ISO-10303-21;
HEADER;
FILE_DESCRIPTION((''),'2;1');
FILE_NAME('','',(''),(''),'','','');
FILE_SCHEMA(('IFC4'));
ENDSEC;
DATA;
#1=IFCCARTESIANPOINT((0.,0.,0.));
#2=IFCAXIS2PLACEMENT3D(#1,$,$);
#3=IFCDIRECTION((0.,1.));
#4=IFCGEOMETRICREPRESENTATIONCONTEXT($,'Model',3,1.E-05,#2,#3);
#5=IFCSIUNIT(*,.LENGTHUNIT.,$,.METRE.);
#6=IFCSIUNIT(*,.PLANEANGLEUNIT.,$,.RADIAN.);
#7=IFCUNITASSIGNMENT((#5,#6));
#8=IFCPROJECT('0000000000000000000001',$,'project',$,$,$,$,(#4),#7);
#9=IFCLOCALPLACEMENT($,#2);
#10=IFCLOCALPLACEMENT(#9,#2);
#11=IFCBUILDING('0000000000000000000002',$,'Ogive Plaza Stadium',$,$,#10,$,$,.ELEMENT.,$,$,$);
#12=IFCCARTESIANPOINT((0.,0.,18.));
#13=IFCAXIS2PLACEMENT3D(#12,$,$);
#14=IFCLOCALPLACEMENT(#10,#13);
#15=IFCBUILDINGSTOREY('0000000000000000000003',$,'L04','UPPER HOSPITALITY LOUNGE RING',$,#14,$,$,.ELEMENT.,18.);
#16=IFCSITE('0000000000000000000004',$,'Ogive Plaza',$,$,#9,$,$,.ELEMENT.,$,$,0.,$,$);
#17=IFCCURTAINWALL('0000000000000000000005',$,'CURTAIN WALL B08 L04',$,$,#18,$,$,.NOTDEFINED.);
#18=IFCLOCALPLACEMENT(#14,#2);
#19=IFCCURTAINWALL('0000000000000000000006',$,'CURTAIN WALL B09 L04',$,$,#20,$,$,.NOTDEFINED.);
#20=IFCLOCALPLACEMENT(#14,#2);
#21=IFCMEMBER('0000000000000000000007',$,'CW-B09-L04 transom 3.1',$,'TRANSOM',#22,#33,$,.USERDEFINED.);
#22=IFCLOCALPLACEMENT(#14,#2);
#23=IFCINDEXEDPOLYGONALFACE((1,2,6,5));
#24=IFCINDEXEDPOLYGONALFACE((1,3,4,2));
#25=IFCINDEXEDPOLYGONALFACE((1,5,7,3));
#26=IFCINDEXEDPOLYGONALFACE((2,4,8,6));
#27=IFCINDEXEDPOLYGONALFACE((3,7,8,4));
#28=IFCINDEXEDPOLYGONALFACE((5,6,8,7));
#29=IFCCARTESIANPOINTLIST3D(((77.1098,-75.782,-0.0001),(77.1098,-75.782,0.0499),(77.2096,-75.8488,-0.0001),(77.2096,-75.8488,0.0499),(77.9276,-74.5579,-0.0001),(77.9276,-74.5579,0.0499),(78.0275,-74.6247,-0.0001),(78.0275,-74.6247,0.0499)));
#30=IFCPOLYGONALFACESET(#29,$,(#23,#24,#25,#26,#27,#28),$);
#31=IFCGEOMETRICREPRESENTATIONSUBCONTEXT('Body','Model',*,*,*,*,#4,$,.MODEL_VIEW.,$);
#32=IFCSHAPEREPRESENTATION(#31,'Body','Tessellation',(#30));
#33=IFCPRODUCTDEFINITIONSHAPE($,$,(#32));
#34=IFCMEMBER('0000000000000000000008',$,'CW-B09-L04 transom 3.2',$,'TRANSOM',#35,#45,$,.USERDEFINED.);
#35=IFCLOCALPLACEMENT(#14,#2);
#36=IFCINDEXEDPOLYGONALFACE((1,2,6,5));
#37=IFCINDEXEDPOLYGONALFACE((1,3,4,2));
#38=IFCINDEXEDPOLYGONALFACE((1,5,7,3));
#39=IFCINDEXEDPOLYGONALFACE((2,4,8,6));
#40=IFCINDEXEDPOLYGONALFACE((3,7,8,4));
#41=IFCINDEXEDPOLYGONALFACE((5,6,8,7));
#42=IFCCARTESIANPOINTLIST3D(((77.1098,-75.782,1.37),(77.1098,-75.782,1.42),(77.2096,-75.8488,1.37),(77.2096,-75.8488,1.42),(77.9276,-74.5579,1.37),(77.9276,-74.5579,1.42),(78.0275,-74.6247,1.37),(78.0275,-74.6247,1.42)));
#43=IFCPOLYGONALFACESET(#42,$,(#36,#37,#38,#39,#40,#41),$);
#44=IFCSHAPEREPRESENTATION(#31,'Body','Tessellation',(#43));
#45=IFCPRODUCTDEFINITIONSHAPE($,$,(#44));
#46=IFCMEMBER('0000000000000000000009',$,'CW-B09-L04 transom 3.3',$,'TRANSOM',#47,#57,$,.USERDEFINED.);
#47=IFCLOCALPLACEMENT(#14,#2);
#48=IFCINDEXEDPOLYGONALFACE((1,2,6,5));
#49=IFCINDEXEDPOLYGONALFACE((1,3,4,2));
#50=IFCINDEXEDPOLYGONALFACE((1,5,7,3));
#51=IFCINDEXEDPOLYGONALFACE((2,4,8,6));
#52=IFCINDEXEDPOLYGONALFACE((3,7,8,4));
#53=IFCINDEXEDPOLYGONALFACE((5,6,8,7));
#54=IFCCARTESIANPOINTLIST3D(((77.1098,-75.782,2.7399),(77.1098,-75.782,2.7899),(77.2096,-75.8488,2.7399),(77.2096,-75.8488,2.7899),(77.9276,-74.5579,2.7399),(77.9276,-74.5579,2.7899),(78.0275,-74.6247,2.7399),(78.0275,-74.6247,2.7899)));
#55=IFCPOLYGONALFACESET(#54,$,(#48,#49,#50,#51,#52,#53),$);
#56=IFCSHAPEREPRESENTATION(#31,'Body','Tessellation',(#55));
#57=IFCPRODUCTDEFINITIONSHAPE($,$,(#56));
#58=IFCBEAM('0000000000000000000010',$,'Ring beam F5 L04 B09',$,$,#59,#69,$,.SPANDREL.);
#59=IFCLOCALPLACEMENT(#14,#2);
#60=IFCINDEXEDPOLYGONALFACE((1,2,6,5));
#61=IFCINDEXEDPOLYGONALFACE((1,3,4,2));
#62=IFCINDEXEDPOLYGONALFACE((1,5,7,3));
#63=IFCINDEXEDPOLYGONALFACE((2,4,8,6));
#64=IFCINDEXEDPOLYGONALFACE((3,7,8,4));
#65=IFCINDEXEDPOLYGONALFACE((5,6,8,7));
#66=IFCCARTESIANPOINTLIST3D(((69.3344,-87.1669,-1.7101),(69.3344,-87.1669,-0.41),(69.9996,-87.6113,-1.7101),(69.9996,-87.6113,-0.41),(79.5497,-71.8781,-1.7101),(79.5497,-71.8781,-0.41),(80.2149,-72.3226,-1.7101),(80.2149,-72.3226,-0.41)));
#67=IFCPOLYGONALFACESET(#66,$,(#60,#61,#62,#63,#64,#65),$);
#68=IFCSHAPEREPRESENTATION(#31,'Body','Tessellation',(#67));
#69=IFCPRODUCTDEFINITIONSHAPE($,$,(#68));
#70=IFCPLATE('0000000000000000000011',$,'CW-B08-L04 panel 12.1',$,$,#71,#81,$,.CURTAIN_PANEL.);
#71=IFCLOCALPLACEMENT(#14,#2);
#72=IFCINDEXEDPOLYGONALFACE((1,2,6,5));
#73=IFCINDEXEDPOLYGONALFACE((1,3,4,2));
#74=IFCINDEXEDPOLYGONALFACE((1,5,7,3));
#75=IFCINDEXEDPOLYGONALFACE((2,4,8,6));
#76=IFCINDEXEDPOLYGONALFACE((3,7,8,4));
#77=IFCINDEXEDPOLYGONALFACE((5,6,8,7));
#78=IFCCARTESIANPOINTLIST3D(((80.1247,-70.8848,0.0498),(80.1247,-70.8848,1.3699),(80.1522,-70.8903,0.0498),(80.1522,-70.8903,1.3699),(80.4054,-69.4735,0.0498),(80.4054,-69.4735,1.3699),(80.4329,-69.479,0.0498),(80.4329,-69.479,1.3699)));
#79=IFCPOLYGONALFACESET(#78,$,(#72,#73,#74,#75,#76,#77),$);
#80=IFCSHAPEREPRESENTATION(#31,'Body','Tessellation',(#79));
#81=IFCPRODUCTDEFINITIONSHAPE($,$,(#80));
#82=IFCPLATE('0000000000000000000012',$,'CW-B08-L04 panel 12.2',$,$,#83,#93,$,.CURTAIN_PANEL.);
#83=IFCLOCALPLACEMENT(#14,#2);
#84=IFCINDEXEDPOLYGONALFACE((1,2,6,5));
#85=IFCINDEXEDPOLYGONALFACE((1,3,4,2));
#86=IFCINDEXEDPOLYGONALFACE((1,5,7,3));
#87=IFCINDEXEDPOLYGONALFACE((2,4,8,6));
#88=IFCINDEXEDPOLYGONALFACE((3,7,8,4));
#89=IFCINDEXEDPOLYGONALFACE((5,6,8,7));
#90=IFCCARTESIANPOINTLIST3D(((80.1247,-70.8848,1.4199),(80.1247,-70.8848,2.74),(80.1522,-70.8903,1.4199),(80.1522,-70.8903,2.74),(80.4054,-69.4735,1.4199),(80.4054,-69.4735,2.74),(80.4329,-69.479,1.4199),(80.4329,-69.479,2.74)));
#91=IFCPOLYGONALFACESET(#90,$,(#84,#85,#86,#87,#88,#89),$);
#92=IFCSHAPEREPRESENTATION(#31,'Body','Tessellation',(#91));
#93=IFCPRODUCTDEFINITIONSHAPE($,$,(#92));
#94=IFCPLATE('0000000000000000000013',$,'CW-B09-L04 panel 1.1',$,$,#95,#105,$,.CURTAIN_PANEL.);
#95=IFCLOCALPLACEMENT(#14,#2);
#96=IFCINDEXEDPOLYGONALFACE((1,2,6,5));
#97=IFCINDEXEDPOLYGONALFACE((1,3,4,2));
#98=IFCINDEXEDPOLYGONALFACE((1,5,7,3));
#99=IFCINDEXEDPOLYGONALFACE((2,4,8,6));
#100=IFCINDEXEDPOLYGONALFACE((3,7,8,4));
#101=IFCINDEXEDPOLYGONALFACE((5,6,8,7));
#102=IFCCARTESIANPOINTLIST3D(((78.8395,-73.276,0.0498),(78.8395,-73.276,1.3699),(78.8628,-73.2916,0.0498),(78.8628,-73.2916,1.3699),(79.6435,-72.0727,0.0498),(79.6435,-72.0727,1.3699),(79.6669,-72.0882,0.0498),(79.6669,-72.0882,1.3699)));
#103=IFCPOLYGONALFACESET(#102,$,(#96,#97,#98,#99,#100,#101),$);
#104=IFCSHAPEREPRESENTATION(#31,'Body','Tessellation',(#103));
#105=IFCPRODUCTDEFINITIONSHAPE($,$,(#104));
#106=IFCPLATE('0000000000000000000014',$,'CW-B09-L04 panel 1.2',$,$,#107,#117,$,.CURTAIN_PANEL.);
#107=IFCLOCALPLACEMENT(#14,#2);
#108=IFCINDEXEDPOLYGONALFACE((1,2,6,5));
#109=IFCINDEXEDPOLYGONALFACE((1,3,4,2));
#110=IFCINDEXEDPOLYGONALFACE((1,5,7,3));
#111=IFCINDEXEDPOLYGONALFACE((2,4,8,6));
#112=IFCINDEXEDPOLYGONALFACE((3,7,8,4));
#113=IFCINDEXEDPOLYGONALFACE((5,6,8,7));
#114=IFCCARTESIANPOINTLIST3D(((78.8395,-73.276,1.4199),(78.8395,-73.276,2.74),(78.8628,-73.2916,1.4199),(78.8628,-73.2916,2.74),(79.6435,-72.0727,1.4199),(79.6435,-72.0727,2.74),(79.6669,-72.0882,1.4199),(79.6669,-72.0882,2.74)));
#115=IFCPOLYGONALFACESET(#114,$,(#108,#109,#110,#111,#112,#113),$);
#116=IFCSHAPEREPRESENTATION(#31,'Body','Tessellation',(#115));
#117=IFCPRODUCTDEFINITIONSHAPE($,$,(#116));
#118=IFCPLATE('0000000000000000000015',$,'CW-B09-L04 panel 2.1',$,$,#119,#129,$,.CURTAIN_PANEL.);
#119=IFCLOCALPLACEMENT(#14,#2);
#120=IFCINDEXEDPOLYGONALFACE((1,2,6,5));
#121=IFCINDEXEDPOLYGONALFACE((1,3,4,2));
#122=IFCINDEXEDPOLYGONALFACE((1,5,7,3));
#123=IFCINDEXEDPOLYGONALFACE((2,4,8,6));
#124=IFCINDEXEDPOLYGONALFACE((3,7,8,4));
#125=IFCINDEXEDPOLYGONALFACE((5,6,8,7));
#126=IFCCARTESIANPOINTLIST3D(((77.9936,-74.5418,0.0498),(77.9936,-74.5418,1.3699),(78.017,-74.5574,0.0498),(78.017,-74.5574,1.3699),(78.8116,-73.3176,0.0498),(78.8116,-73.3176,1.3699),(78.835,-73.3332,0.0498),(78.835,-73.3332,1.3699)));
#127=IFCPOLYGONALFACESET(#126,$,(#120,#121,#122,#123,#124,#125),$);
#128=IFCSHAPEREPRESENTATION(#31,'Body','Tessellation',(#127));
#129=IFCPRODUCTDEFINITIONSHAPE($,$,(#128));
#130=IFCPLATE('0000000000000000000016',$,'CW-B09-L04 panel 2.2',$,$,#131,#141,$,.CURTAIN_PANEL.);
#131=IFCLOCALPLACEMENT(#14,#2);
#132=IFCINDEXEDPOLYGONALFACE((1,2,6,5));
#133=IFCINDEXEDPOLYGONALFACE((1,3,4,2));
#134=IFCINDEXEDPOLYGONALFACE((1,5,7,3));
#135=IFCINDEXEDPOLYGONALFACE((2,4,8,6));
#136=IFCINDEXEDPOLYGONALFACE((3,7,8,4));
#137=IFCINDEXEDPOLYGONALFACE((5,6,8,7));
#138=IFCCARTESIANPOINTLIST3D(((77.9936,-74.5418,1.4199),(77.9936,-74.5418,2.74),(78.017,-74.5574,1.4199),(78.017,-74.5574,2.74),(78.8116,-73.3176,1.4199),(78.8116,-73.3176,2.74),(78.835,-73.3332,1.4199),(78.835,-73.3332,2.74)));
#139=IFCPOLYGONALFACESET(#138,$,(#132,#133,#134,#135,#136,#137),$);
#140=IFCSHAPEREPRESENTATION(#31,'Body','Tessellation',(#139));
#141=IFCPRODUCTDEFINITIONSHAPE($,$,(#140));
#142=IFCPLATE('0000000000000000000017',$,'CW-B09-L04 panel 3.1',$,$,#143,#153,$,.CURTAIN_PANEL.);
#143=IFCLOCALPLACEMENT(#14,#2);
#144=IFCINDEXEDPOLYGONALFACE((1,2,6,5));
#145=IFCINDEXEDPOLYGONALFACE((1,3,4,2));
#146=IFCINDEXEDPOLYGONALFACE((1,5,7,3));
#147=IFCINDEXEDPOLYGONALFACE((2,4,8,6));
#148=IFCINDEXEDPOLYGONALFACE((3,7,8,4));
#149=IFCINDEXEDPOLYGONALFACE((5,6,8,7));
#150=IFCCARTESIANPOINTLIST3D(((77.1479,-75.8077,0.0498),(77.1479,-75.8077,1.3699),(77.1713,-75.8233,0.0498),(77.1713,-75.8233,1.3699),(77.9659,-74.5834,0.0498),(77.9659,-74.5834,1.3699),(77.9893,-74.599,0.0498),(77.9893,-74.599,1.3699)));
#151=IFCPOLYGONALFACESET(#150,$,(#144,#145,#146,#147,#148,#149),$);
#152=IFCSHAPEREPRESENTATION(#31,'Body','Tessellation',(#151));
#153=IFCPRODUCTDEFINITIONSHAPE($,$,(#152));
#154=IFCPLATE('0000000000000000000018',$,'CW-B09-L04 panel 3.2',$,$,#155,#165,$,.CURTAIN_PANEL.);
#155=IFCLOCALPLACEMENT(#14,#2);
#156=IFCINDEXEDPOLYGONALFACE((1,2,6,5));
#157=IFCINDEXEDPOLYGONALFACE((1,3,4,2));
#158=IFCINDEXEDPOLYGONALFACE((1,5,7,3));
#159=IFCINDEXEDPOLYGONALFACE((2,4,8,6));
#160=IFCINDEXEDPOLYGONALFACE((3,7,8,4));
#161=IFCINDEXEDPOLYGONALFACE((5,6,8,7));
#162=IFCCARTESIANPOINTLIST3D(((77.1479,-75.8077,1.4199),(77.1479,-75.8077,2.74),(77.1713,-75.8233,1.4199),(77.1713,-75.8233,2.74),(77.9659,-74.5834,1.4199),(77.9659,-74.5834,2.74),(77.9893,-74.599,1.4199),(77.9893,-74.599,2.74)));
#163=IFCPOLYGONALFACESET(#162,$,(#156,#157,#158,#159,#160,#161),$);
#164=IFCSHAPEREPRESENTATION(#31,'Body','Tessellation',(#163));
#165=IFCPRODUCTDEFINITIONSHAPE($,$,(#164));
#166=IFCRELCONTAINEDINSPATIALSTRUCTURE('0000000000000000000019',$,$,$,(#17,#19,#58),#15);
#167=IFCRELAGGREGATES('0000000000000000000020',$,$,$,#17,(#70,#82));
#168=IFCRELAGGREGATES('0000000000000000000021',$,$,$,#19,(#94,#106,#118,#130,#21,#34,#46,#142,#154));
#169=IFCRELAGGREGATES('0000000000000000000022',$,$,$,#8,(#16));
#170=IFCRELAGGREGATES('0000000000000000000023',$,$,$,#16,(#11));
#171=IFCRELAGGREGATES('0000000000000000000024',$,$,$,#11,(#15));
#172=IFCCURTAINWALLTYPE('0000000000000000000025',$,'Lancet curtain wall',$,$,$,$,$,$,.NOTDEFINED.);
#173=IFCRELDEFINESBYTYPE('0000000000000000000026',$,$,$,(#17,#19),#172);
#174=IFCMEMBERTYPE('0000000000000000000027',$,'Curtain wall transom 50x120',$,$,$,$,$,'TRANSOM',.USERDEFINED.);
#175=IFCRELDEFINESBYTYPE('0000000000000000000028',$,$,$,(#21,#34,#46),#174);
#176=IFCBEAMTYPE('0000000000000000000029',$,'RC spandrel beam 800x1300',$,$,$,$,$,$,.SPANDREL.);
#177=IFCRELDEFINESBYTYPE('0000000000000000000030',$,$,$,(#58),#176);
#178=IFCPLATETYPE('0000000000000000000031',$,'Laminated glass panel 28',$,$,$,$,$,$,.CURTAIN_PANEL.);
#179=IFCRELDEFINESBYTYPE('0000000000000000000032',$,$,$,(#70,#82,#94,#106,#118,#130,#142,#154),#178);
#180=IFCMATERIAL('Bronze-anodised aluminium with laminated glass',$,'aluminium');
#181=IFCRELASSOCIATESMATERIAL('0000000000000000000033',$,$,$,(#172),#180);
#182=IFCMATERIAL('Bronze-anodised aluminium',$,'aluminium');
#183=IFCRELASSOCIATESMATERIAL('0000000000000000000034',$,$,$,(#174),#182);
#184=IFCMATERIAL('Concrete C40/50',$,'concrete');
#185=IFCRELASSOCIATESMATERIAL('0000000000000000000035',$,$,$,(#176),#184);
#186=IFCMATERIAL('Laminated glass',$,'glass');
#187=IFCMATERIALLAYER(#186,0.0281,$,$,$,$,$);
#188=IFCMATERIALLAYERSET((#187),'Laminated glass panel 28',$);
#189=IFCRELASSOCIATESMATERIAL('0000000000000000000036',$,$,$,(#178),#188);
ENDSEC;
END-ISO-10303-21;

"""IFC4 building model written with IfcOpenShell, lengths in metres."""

from ifc_helpers import new_model, si_unit, direction, frame, origin, origin_2d, place, context, subcontext, project, spatial, rectangle, extrude, material, layer, layer_set, material_profile, profile_set, type_object, element, aggregate, save


model = new_model("IFC4")

# Units and contexts
model_context = context("Model", 3, precision=1e-05, world=origin(), true_north=direction((0.0, 1.0)))
body_context = subcontext(model_context, "Body", "Model", "MODEL_VIEW")
ifc_project = project(units=[si_unit("LENGTHUNIT", "METRE"), si_unit("PLANEANGLEUNIT", "RADIAN")], contexts=[model_context])

# Site, building, storey
site_placement = place(None, origin())
site = spatial("IfcSite", under=ifc_project, at=site_placement, Name="Ogive Plaza", CompositionType="ELEMENT", RefElevation=0.0)
building_placement = place(site_placement, origin())
building = spatial("IfcBuilding", under=site, at=building_placement, Name="Ogive Plaza Stadium", CompositionType="ELEMENT")
storey_placement = place(building_placement, frame((0.0, 0.0, 18.0)))
storey = spatial("IfcBuildingStorey", under=building, at=storey_placement, Name="L04", Description="UPPER HOSPITALITY LOUNGE RING", CompositionType="ELEMENT", Elevation=18.0)

# Curtain wall
ifc_material_1 = material(Name="Bronze-anodised aluminium with laminated glass", Category="aluminium")
curtain_wall_type = type_object("IfcCurtainWallType", Name="Lancet curtain wall", PredefinedType="NOTDEFINED", material=ifc_material_1)
curtain_wall_1_placement = place(storey_placement, origin())
curtain_wall_1 = element("IfcCurtainWall", 1, at=curtain_wall_1_placement, inside=storey, type_object=curtain_wall_type, Name="CURTAIN WALL B08 L04", PredefinedType="NOTDEFINED")

# Curtain wall
curtain_wall_2_placement = place(storey_placement, origin())
curtain_wall_2 = element("IfcCurtainWall", 2, at=curtain_wall_2_placement, inside=storey, type_object=curtain_wall_type, Name="CURTAIN WALL B09 L04", PredefinedType="NOTDEFINED")

# Members
ifc_material_2 = material(Name="Bronze-anodised aluminium", Category="aluminium")
ifc_material_profile_1 = material_profile(ifc_material_2, rectangle(XDim=0.1201, YDim=0.05, at=origin_2d()), Name="AL 120x50")
ifc_profile_set_1 = profile_set([ifc_material_profile_1], Name="Bronze-anodised aluminium")
member_type_1 = type_object("IfcMemberType", Name="Curtain wall transom 50x120", ElementType="TRANSOM", PredefinedType="USERDEFINED", material=ifc_profile_set_1)
member_1_placement = place(storey_placement, frame((77.9775, -74.5913, 0.0249), z_axis=(-0.555542, -0.831489, 0.0), x_axis=(0.831489, -0.555542, 0.0)))
member_1 = element("IfcMember", 3, at=member_1_placement, type_object=member_type_1, Name="CW-B09-L04 transom 3.1", ObjectType="TRANSOM", PredefinedType="USERDEFINED", context=body_context, shape_type="SweptSolid", body=[
    extrude(rectangle(XDim=0.1201, YDim=0.05, at=origin_2d()), origin(), (0.0, 0.0, 1.0), 1.4722),
])
member_2_placement = place(storey_placement, frame((77.9775, -74.5913, 1.395), z_axis=(-0.555542, -0.831489, 0.0), x_axis=(0.831489, -0.555542, 0.0)))
member_2 = element("IfcMember", 4, at=member_2_placement, type_object=member_type_1, Name="CW-B09-L04 transom 3.2", ObjectType="TRANSOM", PredefinedType="USERDEFINED", context=body_context, shape_type="SweptSolid", body=[
    extrude(rectangle(XDim=0.1201, YDim=0.05, at=origin_2d()), origin(), (0.0, 0.0, 1.0), 1.4722),
])
member_3_placement = place(storey_placement, frame((77.9775, -74.5913, 2.7649), z_axis=(-0.555542, -0.831489, 0.0), x_axis=(0.831489, -0.555542, 0.0)))
member_3 = element("IfcMember", 5, at=member_3_placement, type_object=member_type_1, Name="CW-B09-L04 transom 3.3", ObjectType="TRANSOM", PredefinedType="USERDEFINED", context=body_context, shape_type="SweptSolid", body=[
    extrude(rectangle(XDim=0.1201, YDim=0.05, at=origin_2d()), origin(), (0.0, 0.0, 1.0), 1.4722),
])

# Beam
ifc_material_3 = material(Name="Concrete C40/50", Category="concrete")
ifc_material_profile_2 = material_profile(ifc_material_3, rectangle(XDim=0.8, YDim=1.3, at=origin_2d()), Name="RC 800x1300")
ifc_profile_set_2 = profile_set([ifc_material_profile_2], Name="Concrete C40/50")
beam_type = type_object("IfcBeamType", Name="RC spandrel beam 800x1300", PredefinedType="SPANDREL", material=ifc_profile_set_2)
beam_placement = place(storey_placement, frame((79.8823, -72.1003, -1.0601), z_axis=(-0.555558, -0.831478, 0.0), x_axis=(0.831478, -0.555558, 0.0)))
element("IfcBeam", 6, at=beam_placement, inside=storey, type_object=beam_type, Name="Ring beam F5 L04 B09", PredefinedType="SPANDREL", context=body_context, shape_type="SweptSolid", body=[
    extrude(rectangle(XDim=0.8, YDim=1.3, at=origin_2d()), origin(), (0.0, 0.0, 1.0), 18.3875),
])

# Plates
ifc_material_4 = material(Name="Laminated glass", Category="glass")
ifc_layer = layer(ifc_material_4, 0.0281)
ifc_layer_set = layer_set([ifc_layer], Name="Laminated glass panel 28")
plate_type = type_object("IfcPlateType", Name="Laminated glass panel 28", PredefinedType="CURTAIN_PANEL", material=ifc_layer_set)
plate_1_placement = place(storey_placement, frame((80.2788, -70.1819, 0.0498), z_axis=(0.0, 0.0, 1.0), x_axis=(-0.19509, -0.980785, 0.0)))
plate_1 = element("IfcPlate", 7, at=plate_1_placement, type_object=plate_type, Name="CW-B08-L04 panel 12.1", PredefinedType="CURTAIN_PANEL", context=body_context, shape_type="SweptSolid", body=[
    extrude(rectangle(XDim=1.439, YDim=0.0281, at=origin_2d()), origin(), (0.0, 0.0, 1.0), 1.3201),
])
plate_2_placement = place(storey_placement, frame((80.2788, -70.1819, 1.4199), z_axis=(0.0, 0.0, 1.0), x_axis=(-0.19509, -0.980785, 0.0)))
plate_2 = element("IfcPlate", 8, at=plate_2_placement, type_object=plate_type, Name="CW-B08-L04 panel 12.2", PredefinedType="CURTAIN_PANEL", context=body_context, shape_type="SweptSolid", body=[
    extrude(rectangle(XDim=1.439, YDim=0.0281, at=origin_2d()), origin(), (0.0, 0.0, 1.0), 1.3201),
])
aggregate(curtain_wall_1, [plate_1, plate_2])
plate_3_placement = place(storey_placement, frame((79.2532, -72.6821, 0.0498), z_axis=(0.0, 0.0, 1.0), x_axis=(-0.55557, -0.83147, 0.0)))
plate_3 = element("IfcPlate", 9, at=plate_3_placement, type_object=plate_type, Name="CW-B09-L04 panel 1.1", PredefinedType="CURTAIN_PANEL", context=body_context, shape_type="SweptSolid", body=[
    extrude(rectangle(XDim=1.4473, YDim=0.0281, at=origin_2d()), origin(), (0.0, 0.0, 1.0), 1.3201),
])
plate_4_placement = place(storey_placement, frame((79.2532, -72.6821, 1.4199), z_axis=(0.0, 0.0, 1.0), x_axis=(-0.55557, -0.83147, 0.0)))
plate_4 = element("IfcPlate", 10, at=plate_4_placement, type_object=plate_type, Name="CW-B09-L04 panel 1.2", PredefinedType="CURTAIN_PANEL", context=body_context, shape_type="SweptSolid", body=[
    extrude(rectangle(XDim=1.4473, YDim=0.0281, at=origin_2d()), origin(), (0.0, 0.0, 1.0), 1.3201),
])
plate_5_placement = place(storey_placement, frame((78.4143, -73.9375, 0.0498), z_axis=(0.0, 0.0, 1.0), x_axis=(-0.55557, -0.83147, 0.0)))
plate_5 = element("IfcPlate", 11, at=plate_5_placement, type_object=plate_type, Name="CW-B09-L04 panel 2.1", PredefinedType="CURTAIN_PANEL", context=body_context, shape_type="SweptSolid", body=[
    extrude(rectangle(XDim=1.4724, YDim=0.0281, at=origin_2d()), origin(), (0.0, 0.0, 1.0), 1.3201),
])
plate_6_placement = place(storey_placement, frame((78.4143, -73.9375, 1.4199), z_axis=(0.0, 0.0, 1.0), x_axis=(-0.55557, -0.83147, 0.0)))
plate_6 = element("IfcPlate", 12, at=plate_6_placement, type_object=plate_type, Name="CW-B09-L04 panel 2.2", PredefinedType="CURTAIN_PANEL", context=body_context, shape_type="SweptSolid", body=[
    extrude(rectangle(XDim=1.4724, YDim=0.0281, at=origin_2d()), origin(), (0.0, 0.0, 1.0), 1.3201),
])
plate_7_placement = place(storey_placement, frame((77.5686, -75.2034, 0.0498), z_axis=(0.0, 0.0, 1.0), x_axis=(-0.55557, -0.83147, 0.0)))
plate_7 = element("IfcPlate", 13, at=plate_7_placement, type_object=plate_type, Name="CW-B09-L04 panel 3.1", PredefinedType="CURTAIN_PANEL", context=body_context, shape_type="SweptSolid", body=[
    extrude(rectangle(XDim=1.4724, YDim=0.0281, at=origin_2d()), origin(), (0.0, 0.0, 1.0), 1.3201),
])
plate_8_placement = place(storey_placement, frame((77.5686, -75.2034, 1.4199), z_axis=(0.0, 0.0, 1.0), x_axis=(-0.55557, -0.83147, 0.0)))
plate_8 = element("IfcPlate", 14, at=plate_8_placement, type_object=plate_type, Name="CW-B09-L04 panel 3.2", PredefinedType="CURTAIN_PANEL", context=body_context, shape_type="SweptSolid", body=[
    extrude(rectangle(XDim=1.4724, YDim=0.0281, at=origin_2d()), origin(), (0.0, 0.0, 1.0), 1.3201),
])
aggregate(curtain_wall_2, [plate_3, plate_4, plate_5, plate_6, member_1, member_2, member_3, plate_7, plate_8])

save(model, "model.ifc")
